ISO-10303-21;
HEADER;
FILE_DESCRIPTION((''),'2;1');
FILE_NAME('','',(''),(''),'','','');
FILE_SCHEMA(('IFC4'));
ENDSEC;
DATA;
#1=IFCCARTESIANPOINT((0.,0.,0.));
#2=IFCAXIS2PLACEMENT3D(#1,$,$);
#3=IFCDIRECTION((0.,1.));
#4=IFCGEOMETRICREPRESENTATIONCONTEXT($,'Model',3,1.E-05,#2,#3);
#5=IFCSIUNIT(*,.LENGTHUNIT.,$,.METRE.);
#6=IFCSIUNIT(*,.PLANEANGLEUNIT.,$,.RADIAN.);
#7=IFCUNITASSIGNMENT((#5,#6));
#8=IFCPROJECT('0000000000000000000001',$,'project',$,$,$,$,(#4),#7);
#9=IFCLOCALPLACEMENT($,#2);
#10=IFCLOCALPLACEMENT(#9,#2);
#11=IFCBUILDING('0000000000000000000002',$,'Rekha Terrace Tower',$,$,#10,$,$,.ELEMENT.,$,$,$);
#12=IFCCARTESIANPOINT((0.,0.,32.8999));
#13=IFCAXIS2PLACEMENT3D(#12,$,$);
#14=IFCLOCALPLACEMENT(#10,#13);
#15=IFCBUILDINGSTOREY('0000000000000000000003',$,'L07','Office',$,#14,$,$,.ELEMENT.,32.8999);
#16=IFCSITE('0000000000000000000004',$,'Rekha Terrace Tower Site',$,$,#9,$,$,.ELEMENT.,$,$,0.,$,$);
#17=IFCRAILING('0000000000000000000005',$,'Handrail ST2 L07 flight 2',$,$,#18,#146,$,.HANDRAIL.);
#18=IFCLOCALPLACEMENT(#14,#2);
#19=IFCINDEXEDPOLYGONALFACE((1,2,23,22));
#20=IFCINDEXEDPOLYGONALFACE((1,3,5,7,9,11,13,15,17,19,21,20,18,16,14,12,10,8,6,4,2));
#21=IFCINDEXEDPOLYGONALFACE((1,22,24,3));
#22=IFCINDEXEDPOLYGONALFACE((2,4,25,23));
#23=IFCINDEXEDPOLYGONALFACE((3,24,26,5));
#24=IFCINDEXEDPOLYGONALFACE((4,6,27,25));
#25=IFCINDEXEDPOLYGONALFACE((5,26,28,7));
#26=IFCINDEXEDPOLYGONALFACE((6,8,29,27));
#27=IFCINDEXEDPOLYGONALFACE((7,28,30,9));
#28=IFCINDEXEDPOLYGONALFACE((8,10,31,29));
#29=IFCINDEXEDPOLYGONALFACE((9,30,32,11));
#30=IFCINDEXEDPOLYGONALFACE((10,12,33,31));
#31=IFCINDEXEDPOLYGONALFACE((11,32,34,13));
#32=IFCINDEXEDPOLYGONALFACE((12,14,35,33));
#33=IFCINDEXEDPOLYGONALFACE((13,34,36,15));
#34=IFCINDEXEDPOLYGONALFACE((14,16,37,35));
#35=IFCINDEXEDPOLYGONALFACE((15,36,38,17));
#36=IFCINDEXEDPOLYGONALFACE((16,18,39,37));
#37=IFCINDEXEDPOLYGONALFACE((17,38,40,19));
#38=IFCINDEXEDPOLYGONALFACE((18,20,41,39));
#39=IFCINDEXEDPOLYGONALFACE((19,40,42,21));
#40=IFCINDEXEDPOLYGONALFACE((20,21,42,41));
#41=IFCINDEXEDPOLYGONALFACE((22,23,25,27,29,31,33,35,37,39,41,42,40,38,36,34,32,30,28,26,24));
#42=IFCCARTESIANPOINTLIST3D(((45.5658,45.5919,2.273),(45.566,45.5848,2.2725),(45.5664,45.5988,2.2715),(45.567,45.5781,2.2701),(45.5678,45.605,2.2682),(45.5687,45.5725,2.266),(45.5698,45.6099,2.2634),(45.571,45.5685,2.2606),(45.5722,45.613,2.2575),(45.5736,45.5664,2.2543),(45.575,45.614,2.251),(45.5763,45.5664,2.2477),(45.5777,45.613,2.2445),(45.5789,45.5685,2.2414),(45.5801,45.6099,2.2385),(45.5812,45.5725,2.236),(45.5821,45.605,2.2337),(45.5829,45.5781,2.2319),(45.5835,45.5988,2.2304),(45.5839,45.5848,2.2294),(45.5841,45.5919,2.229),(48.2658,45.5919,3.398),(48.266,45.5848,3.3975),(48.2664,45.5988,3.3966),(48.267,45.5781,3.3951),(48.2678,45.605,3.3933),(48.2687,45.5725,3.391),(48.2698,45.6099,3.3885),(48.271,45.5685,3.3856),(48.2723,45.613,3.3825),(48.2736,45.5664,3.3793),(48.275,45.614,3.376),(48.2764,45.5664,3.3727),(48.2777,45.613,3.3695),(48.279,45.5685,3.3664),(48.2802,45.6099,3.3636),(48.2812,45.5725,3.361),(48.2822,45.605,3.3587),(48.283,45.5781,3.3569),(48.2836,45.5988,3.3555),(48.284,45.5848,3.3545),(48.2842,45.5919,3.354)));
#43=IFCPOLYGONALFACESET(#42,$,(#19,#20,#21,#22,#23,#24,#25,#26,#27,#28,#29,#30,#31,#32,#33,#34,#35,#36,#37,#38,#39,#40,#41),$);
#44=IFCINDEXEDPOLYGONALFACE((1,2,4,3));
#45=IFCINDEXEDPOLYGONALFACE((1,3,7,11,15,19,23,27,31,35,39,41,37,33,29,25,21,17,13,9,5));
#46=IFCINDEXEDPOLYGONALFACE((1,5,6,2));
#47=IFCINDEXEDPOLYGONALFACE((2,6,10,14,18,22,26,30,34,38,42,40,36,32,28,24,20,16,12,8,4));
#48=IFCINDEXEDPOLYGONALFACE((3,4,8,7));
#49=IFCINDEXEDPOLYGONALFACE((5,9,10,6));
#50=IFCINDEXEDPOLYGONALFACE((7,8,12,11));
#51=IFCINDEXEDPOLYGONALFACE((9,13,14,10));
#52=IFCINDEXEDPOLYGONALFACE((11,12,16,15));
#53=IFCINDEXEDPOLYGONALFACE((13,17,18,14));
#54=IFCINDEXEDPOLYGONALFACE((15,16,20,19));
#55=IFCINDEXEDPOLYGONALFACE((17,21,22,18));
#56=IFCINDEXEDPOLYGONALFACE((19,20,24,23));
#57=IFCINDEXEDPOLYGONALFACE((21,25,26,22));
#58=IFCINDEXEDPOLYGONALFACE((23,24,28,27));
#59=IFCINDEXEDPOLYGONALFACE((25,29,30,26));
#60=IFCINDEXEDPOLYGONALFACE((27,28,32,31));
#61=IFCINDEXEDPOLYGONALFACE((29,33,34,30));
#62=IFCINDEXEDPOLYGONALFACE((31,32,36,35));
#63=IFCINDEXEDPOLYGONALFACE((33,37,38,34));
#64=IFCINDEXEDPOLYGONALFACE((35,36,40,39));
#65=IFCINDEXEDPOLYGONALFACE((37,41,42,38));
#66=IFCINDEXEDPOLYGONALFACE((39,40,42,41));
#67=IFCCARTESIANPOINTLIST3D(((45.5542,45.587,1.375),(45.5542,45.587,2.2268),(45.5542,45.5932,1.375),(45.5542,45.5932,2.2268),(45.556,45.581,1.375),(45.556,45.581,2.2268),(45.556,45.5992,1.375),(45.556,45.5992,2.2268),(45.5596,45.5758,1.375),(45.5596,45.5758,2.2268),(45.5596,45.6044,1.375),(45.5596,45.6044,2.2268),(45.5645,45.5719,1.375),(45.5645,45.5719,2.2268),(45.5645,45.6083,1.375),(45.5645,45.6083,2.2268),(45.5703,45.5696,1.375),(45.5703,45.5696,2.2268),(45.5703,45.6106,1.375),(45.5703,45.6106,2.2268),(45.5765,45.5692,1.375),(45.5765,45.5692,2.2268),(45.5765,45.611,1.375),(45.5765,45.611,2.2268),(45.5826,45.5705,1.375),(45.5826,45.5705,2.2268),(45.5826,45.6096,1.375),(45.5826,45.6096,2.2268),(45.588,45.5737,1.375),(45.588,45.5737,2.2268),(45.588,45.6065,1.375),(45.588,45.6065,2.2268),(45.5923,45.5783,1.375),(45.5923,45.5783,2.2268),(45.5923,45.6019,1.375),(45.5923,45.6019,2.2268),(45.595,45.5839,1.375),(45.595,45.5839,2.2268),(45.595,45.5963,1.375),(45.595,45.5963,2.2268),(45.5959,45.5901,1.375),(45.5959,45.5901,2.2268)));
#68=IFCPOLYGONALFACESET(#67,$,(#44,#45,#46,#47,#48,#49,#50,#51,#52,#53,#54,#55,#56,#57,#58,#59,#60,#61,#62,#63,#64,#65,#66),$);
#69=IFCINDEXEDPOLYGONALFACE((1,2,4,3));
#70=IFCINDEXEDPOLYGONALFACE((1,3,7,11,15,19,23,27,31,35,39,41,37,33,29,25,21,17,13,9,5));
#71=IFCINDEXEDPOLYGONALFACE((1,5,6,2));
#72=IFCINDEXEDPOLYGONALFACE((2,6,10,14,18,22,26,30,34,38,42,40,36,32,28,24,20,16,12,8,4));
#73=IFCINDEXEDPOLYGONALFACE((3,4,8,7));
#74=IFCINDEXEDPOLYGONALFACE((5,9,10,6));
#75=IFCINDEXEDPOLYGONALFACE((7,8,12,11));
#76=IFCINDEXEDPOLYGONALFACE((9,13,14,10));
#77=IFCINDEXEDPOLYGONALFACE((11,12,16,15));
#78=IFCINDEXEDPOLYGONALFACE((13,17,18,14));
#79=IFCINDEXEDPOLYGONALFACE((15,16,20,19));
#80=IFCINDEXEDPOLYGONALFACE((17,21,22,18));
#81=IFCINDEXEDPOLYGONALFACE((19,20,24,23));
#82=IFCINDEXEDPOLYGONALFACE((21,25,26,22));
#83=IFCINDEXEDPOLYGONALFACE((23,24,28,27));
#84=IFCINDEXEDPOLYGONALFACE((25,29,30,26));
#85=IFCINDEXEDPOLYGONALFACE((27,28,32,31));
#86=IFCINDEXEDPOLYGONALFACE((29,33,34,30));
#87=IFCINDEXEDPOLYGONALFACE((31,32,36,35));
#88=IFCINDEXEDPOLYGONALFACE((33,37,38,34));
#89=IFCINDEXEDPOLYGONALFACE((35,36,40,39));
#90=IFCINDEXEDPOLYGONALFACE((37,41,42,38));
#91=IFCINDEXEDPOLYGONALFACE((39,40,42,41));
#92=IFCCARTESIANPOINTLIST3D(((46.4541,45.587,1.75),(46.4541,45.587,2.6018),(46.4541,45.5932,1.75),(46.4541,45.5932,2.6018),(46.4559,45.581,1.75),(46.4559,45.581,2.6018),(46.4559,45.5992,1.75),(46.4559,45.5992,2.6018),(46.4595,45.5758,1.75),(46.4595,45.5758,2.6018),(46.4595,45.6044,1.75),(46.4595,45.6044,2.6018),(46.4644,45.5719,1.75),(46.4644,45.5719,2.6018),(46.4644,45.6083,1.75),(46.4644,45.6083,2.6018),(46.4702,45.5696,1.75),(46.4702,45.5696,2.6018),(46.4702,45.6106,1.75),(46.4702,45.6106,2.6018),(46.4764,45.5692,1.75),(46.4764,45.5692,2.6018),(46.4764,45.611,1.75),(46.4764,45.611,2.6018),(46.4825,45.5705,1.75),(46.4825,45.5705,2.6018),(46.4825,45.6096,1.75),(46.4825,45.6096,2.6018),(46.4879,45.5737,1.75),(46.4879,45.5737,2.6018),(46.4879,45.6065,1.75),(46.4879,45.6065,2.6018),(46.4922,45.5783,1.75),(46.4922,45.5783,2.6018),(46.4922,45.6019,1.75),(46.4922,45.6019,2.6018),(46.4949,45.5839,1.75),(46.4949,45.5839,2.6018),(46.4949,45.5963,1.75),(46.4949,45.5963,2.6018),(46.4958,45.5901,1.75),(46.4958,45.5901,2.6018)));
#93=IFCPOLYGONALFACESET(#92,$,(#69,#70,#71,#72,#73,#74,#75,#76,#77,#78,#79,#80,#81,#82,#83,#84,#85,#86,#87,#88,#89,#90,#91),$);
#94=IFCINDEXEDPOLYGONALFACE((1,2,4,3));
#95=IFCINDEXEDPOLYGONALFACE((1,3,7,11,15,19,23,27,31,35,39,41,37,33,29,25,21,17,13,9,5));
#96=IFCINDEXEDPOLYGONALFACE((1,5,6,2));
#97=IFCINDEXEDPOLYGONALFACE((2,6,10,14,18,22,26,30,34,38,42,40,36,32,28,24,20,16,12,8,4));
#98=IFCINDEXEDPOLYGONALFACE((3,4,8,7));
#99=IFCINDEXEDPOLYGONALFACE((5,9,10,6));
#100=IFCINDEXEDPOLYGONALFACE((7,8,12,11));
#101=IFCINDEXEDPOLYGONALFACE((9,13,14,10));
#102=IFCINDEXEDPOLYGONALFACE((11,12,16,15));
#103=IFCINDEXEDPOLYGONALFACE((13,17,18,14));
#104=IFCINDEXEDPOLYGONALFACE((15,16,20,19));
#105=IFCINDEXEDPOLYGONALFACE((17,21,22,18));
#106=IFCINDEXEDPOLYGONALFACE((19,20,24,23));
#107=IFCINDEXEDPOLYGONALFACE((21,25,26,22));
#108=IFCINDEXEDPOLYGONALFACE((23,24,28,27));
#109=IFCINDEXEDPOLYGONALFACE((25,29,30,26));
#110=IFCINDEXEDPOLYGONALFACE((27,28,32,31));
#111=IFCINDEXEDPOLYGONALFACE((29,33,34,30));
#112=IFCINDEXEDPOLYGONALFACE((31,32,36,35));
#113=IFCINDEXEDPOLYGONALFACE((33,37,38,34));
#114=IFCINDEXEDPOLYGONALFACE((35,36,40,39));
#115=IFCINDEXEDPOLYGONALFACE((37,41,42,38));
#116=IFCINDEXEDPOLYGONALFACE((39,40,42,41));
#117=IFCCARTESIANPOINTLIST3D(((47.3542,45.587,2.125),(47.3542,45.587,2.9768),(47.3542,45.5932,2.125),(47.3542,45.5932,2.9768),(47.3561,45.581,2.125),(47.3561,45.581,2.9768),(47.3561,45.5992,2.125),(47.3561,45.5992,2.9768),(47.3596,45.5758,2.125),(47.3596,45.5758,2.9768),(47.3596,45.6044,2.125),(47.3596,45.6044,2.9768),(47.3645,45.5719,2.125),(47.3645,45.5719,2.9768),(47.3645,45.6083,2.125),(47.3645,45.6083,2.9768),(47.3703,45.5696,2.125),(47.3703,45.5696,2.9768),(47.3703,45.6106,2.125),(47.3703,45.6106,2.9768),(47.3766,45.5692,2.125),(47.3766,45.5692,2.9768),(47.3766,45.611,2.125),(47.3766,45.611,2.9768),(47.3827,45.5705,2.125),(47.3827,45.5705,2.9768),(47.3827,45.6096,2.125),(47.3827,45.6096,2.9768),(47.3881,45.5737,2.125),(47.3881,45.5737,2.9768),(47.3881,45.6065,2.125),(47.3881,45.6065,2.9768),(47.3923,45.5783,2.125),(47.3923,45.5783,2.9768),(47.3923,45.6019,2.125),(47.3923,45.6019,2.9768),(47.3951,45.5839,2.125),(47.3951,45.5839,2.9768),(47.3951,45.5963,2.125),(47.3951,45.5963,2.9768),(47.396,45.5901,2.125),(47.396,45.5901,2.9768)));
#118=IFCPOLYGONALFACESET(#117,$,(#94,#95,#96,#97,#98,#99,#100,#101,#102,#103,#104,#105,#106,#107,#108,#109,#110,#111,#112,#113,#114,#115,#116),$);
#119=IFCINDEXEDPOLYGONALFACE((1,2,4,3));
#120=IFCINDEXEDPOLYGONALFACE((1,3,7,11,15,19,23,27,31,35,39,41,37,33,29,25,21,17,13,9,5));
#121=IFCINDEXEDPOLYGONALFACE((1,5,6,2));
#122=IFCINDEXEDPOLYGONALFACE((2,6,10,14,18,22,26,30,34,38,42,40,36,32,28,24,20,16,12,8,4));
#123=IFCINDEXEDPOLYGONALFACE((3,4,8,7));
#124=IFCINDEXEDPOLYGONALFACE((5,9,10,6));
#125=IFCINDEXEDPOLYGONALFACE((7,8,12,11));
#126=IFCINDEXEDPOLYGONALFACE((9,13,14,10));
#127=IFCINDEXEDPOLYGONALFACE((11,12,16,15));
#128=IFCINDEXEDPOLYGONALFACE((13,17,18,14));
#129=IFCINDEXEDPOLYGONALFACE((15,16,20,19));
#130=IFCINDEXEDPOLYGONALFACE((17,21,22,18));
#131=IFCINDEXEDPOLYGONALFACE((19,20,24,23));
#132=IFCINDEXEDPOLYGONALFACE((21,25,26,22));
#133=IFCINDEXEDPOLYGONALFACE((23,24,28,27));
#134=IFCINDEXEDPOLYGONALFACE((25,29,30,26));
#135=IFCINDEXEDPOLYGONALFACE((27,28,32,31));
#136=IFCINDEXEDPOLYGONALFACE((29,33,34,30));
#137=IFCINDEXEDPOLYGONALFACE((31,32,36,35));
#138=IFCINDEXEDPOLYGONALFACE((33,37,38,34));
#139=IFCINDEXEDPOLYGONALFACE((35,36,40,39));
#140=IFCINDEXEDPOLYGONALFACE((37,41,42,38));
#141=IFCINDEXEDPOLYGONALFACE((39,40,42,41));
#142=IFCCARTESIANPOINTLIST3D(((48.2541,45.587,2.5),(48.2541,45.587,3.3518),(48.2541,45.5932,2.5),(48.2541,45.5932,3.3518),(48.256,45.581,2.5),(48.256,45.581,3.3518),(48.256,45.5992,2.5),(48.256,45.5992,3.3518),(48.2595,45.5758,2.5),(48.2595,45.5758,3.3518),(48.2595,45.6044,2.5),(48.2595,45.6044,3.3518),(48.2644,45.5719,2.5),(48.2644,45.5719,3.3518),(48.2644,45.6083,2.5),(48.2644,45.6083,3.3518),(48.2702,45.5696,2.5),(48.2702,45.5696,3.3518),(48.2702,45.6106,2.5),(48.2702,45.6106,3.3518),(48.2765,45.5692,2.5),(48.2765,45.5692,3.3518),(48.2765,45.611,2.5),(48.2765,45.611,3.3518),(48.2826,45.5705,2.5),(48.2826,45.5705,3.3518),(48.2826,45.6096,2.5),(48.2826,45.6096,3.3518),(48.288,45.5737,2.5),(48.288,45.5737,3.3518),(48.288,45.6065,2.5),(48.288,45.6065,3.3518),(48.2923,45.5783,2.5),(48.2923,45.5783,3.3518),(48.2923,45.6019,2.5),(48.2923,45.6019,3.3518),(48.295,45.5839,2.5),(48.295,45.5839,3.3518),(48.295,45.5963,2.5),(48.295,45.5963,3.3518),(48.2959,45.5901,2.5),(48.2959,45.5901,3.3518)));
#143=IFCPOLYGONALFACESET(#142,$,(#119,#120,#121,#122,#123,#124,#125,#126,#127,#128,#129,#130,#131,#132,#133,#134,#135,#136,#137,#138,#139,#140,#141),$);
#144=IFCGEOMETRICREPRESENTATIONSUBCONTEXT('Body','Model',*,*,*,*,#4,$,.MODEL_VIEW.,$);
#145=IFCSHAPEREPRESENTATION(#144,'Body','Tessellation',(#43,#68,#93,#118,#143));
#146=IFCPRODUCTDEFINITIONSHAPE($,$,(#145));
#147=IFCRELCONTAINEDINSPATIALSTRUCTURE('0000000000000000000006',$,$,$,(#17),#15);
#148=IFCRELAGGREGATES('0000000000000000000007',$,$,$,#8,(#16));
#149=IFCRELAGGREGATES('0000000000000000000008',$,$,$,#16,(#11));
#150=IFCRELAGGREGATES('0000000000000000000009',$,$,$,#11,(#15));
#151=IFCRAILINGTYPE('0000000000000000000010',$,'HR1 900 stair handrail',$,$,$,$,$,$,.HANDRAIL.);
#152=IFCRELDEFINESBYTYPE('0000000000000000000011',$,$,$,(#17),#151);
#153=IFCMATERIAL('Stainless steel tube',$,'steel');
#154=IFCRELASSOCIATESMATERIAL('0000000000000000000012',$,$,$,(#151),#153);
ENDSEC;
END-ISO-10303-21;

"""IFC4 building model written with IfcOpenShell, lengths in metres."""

from ifc_helpers import new_model, si_unit, direction, frame, origin, origin_2d, place, context, subcontext, project, spatial, circle, extrude, material, type_object, element, save


model = new_model("IFC4")

# Units and contexts
model_context = context("Model", 3, precision=1e-05, world=origin(), true_north=direction((0.0, 1.0)))
body_context = subcontext(model_context, "Body", "Model", "MODEL_VIEW")
ifc_project = project(units=[si_unit("LENGTHUNIT", "METRE"), si_unit("PLANEANGLEUNIT", "RADIAN")], contexts=[model_context])

# Site, building, storey
site_placement = place(None, origin())
site = spatial("IfcSite", under=ifc_project, at=site_placement, Name="Rekha Terrace Tower Site", CompositionType="ELEMENT", RefElevation=0.0)
building_placement = place(site_placement, origin())
building = spatial("IfcBuilding", under=site, at=building_placement, Name="Rekha Terrace Tower", CompositionType="ELEMENT")
storey_placement = place(building_placement, frame((0.0, 0.0, 32.8999)))
storey = spatial("IfcBuildingStorey", under=building, at=storey_placement, Name="L07", Description="Office", CompositionType="ELEMENT", Elevation=32.8999)

# Railing
ifc_material_1 = material(Name="Stainless steel tube", Category="steel")
railing_type = type_object("IfcRailingType", Name="HR1 900 stair handrail", PredefinedType="HANDRAIL", material=ifc_material_1)
railing_placement = place(storey_placement, frame((45.575, 45.5901, 1.375)))
element("IfcRailing", 1, at=railing_placement, inside=storey, type_object=railing_type, Name="Handrail ST2 L07 flight 2", PredefinedType="HANDRAIL", context=body_context, shape_type="SweptSolid", body=[
    extrude(circle(Radius=0.0239, at=origin_2d()), frame((0.0, 0.0, 0.876), z_axis=(0.923074, 0.0, 0.384621), x_axis=(0.0, 1.0, 0.0)), (0.0, 0.0, 1.0), 2.925),
    extrude(circle(Radius=0.021, at=origin_2d()), origin(), (0.0, 0.0, 1.0), 0.8518),
    extrude(circle(Radius=0.021, at=origin_2d()), frame((0.8999, 0.0, 0.375)), (0.0, 0.0, 1.0), 0.8518),
    extrude(circle(Radius=0.021, at=origin_2d()), frame((1.8, 0.0, 0.75)), (0.0, 0.0, 1.0), 0.8518),
    extrude(circle(Radius=0.021, at=origin_2d()), frame((2.7, 0.0, 1.125)), (0.0, 0.0, 1.0), 0.8518),
])

save(model, "model.ifc")
